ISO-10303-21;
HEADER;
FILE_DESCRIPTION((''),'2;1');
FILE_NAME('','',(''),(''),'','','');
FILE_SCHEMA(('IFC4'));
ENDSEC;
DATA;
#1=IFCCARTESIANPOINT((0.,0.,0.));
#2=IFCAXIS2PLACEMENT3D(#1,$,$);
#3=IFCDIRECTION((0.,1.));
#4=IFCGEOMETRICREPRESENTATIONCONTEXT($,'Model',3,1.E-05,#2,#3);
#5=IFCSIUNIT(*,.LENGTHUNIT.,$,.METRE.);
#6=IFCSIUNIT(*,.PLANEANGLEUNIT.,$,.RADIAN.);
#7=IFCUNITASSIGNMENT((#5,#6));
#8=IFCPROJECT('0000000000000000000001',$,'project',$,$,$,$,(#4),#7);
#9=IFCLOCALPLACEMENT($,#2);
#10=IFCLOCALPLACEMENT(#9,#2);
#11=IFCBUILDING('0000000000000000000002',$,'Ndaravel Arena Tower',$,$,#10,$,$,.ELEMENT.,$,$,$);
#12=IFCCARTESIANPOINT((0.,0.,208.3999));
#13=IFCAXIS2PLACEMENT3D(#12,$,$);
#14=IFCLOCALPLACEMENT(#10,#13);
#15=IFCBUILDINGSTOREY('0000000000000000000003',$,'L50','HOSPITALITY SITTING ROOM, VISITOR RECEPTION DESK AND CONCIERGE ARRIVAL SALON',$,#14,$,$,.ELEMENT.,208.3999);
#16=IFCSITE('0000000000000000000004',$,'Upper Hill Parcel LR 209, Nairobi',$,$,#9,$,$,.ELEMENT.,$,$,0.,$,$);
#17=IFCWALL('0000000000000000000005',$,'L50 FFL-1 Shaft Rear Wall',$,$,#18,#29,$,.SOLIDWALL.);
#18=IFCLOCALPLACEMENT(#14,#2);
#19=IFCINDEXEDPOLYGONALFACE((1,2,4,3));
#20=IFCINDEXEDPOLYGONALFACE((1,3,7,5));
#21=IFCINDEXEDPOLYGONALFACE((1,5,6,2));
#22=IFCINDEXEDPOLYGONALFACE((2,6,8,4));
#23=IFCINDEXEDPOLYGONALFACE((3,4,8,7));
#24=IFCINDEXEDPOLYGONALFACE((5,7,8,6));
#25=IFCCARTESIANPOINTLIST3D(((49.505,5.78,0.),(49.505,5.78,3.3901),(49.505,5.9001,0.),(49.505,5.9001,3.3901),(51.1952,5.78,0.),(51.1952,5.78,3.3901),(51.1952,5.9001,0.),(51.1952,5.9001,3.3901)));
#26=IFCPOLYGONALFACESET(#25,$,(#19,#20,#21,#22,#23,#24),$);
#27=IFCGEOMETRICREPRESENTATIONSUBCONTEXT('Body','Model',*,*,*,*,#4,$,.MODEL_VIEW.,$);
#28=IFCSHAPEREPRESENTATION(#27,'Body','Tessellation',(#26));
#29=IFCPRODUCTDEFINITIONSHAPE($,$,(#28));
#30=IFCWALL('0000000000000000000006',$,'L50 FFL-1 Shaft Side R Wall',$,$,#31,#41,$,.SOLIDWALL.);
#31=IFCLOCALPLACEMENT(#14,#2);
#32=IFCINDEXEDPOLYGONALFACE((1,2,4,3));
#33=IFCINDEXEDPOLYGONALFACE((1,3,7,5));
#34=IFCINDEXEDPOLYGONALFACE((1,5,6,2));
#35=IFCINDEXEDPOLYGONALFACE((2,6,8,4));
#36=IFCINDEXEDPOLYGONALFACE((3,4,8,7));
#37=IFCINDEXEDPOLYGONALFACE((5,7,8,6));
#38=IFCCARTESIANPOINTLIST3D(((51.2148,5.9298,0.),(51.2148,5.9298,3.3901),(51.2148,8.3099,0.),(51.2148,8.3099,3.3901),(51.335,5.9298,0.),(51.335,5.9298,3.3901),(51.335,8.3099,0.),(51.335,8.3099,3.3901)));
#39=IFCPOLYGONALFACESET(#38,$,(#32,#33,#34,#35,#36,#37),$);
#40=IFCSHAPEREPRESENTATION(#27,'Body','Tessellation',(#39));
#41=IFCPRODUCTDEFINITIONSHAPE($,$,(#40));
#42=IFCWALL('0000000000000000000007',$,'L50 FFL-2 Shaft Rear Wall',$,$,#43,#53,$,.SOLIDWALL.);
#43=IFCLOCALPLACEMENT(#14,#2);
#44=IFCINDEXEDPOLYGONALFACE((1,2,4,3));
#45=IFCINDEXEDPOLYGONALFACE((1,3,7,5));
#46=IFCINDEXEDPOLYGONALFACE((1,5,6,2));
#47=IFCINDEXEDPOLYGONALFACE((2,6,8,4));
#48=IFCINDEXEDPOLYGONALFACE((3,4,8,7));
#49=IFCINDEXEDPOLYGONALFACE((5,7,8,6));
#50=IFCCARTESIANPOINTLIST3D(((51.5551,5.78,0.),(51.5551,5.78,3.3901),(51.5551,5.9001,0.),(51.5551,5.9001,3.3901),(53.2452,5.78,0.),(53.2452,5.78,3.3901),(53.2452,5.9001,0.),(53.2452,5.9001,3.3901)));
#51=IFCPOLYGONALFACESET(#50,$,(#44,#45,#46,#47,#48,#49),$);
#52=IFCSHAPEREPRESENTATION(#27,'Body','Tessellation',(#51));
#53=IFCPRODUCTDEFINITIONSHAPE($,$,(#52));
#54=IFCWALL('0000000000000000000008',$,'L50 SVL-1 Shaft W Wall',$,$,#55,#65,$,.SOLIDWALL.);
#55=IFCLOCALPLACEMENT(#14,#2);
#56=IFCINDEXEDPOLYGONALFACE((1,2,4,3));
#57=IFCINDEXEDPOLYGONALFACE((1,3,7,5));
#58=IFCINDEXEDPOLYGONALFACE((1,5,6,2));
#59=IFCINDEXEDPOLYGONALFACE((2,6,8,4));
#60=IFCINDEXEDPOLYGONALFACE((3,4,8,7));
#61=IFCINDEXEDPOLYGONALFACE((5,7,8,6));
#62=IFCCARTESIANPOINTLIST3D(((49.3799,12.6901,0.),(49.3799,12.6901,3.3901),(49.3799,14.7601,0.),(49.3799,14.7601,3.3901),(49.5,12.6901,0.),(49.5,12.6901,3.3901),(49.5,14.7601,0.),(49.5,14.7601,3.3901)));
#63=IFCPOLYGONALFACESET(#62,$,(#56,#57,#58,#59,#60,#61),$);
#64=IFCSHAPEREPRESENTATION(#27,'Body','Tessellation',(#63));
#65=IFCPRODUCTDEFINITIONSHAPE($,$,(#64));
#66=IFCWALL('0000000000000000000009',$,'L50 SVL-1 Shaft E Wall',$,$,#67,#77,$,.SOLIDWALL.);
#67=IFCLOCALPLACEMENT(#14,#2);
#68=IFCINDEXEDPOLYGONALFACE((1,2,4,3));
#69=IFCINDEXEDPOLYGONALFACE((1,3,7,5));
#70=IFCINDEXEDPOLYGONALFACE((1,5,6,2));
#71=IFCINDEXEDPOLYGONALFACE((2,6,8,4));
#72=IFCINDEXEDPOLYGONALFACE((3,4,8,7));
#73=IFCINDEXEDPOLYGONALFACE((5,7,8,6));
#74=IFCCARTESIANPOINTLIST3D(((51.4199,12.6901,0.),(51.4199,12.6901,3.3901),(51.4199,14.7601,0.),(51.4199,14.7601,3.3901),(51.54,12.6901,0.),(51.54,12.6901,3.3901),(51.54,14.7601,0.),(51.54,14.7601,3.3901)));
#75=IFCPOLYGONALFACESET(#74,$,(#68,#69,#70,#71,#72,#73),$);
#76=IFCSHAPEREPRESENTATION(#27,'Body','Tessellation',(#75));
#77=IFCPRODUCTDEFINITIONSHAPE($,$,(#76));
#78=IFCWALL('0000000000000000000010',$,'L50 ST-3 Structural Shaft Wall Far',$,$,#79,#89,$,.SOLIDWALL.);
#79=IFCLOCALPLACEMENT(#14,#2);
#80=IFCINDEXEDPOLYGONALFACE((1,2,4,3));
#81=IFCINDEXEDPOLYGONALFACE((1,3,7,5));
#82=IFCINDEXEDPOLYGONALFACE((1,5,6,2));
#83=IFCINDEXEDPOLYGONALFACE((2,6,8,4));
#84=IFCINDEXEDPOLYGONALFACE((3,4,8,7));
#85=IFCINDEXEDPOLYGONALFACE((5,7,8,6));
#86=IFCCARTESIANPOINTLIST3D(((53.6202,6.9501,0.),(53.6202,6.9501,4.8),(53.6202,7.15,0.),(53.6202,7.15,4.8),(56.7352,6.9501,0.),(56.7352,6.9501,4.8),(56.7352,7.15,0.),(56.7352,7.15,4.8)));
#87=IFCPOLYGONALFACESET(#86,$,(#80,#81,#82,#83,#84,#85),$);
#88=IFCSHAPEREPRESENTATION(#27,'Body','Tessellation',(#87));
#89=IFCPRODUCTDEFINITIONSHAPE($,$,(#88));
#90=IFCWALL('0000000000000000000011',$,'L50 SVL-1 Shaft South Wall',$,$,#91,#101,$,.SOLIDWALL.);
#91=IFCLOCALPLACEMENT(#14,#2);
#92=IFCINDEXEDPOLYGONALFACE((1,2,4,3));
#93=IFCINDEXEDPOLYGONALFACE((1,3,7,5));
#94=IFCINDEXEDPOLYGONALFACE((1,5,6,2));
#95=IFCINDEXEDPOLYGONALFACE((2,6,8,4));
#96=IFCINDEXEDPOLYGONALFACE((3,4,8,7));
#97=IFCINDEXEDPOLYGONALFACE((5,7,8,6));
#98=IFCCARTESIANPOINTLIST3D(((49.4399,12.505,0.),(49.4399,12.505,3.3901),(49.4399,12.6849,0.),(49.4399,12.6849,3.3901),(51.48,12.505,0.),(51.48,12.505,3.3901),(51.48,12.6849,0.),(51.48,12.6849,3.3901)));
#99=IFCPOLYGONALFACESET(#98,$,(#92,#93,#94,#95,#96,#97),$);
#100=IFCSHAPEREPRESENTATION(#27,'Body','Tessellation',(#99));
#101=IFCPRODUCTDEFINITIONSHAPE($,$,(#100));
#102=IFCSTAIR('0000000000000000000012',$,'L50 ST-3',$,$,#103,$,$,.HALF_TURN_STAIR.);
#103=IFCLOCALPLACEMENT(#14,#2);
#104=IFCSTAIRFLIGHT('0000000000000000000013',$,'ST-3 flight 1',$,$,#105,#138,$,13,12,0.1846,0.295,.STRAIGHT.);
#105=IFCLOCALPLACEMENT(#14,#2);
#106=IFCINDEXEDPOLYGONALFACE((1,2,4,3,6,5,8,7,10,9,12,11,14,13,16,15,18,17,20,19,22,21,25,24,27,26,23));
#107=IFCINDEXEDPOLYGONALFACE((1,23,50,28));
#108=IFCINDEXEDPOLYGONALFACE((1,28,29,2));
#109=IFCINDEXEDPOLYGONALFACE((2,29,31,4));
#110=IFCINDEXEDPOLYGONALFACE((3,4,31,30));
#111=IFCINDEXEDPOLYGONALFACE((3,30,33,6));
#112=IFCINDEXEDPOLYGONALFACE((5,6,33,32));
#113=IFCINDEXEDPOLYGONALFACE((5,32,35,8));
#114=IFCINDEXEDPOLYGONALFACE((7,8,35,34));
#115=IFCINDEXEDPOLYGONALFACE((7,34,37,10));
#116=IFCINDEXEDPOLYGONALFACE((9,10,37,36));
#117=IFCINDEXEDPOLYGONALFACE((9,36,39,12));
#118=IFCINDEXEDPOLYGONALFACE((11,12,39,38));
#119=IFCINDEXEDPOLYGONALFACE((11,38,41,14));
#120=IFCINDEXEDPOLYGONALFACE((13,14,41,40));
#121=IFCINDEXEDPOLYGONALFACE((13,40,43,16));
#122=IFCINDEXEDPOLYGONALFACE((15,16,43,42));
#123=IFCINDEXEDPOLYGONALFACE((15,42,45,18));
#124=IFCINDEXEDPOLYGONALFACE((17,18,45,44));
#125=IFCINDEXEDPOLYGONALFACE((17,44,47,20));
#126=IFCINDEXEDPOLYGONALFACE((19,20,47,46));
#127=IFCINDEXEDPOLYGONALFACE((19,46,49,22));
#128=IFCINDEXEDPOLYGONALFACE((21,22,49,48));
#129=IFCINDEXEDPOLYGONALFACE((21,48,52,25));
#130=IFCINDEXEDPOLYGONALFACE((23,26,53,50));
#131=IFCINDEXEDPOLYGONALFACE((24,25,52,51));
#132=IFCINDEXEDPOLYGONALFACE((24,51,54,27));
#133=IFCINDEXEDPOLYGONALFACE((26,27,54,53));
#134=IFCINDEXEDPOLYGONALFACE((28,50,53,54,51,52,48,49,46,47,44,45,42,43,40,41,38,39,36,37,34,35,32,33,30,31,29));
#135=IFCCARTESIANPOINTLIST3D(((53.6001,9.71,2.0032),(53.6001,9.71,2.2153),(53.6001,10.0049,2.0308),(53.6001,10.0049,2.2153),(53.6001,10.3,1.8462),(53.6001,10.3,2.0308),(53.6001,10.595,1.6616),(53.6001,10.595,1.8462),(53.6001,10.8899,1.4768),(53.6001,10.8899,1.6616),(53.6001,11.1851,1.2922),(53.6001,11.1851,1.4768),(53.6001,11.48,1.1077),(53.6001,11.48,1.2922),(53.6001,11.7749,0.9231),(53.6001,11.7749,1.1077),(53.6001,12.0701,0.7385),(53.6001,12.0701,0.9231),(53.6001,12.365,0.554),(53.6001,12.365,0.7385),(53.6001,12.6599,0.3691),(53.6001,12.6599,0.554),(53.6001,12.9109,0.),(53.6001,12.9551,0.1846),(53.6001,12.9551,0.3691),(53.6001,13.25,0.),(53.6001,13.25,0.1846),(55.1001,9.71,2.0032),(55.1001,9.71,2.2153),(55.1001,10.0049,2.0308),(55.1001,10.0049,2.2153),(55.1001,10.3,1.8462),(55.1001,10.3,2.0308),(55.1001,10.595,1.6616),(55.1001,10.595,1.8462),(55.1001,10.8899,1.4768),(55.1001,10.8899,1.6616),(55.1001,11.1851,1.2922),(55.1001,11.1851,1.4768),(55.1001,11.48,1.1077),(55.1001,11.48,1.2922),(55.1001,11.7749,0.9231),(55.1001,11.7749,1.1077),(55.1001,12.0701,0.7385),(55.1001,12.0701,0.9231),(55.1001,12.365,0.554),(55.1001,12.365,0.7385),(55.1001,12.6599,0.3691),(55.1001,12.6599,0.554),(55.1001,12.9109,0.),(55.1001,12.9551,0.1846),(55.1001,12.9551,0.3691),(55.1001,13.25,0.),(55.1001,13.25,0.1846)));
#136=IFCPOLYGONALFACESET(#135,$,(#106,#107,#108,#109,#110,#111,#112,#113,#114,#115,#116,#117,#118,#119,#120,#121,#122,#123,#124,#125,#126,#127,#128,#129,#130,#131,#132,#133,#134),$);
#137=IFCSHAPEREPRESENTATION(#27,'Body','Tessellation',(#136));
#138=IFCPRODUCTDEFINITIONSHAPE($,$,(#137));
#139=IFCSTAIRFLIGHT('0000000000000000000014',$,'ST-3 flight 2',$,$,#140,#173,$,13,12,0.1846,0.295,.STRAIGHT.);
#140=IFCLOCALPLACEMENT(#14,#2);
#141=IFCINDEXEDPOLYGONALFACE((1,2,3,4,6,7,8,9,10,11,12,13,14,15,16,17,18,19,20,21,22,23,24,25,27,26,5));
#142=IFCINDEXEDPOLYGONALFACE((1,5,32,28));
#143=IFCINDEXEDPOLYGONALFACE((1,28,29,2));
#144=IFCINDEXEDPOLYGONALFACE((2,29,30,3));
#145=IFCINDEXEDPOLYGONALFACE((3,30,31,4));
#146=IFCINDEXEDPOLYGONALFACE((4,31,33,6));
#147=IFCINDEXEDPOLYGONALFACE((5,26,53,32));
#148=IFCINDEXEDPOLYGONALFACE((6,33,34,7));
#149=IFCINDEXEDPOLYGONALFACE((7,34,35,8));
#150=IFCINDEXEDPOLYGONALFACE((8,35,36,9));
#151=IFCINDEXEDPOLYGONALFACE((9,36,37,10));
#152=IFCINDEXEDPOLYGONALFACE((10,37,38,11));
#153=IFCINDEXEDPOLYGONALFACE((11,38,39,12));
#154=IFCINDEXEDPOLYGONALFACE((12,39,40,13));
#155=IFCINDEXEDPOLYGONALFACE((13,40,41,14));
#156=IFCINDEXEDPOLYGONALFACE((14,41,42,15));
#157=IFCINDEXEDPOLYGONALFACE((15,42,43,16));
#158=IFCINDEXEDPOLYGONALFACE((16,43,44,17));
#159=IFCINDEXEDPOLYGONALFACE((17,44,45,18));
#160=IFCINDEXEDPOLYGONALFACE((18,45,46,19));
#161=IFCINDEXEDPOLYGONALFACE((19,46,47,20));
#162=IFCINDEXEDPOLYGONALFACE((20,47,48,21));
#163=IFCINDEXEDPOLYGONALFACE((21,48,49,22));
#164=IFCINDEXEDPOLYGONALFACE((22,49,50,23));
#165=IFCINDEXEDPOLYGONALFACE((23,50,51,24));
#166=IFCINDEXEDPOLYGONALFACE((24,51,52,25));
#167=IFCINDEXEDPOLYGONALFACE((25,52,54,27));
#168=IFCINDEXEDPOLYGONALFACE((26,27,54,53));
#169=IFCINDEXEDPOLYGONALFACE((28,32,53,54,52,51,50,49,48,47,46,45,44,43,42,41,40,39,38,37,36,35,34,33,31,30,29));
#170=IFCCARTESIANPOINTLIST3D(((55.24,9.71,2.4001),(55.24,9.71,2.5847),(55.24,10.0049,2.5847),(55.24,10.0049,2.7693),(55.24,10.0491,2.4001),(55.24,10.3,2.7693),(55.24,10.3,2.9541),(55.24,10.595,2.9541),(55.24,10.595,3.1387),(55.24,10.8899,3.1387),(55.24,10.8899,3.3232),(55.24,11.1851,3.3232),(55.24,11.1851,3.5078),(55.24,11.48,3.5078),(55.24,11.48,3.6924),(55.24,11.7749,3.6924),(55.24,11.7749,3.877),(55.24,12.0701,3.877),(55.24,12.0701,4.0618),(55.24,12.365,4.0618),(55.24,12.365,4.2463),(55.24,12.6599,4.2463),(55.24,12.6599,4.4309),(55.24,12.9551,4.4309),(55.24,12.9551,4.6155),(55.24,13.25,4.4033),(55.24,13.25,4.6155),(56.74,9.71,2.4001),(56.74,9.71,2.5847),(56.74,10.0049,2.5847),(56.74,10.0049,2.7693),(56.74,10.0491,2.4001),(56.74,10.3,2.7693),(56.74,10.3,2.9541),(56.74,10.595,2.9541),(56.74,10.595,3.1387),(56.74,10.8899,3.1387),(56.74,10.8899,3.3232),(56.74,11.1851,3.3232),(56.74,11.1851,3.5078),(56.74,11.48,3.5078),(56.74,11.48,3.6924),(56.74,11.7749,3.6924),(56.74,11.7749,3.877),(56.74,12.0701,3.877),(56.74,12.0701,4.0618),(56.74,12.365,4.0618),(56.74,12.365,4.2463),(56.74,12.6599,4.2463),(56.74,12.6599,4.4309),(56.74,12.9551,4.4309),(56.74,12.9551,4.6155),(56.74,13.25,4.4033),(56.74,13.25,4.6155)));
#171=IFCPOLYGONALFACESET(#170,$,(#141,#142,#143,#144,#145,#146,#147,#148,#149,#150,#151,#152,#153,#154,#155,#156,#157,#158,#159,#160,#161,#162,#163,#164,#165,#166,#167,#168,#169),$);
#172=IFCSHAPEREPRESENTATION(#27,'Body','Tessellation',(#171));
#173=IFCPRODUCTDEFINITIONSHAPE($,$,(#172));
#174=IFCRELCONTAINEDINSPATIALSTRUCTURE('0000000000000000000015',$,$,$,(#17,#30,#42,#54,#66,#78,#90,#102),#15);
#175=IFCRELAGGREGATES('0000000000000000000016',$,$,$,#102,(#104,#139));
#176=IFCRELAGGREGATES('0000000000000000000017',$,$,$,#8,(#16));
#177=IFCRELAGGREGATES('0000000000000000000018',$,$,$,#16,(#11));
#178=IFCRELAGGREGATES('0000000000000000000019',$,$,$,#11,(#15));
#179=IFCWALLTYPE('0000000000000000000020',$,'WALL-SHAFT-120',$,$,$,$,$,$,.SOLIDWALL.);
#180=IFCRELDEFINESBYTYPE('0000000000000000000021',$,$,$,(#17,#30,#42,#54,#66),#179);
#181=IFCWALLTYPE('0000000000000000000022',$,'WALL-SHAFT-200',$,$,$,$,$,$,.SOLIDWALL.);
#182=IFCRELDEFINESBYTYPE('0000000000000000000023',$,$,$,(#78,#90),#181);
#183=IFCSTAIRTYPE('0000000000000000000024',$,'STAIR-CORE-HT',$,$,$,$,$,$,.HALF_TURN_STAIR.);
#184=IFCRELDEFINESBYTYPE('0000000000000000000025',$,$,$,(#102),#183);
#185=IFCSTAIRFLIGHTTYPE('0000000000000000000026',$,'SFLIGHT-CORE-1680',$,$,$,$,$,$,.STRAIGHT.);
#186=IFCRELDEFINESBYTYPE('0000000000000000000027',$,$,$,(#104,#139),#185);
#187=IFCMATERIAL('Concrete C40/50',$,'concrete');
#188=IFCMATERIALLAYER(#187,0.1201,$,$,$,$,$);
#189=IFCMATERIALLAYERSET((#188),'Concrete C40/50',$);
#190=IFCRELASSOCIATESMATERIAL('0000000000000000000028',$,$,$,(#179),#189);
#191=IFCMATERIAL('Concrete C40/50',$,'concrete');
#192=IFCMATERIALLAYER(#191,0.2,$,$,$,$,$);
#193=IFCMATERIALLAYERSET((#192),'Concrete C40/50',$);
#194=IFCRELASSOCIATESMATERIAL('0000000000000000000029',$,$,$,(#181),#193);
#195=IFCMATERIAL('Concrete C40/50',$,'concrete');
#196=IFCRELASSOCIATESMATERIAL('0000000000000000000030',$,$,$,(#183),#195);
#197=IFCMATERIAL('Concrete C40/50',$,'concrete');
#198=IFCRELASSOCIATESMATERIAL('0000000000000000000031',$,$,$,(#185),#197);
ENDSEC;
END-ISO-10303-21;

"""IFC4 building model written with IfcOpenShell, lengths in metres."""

from ifc_helpers import new_model, si_unit, direction, frame, frame_2d, origin, place, context, subcontext, project, spatial, polyline, rectangle, outline, extrude, material, layer, layer_set, type_object, element, aggregate, save


model = new_model("IFC4")

# Units and contexts
model_context = context("Model", 3, precision=1e-05, world=origin(), true_north=direction((0.0, 1.0)))
body_context = subcontext(model_context, "Body", "Model", "MODEL_VIEW")
ifc_project = project(units=[si_unit("LENGTHUNIT", "METRE"), si_unit("PLANEANGLEUNIT", "RADIAN")], contexts=[model_context])

# Site, building, storey
site_placement = place(None, origin())
site = spatial("IfcSite", under=ifc_project, at=site_placement, Name="Upper Hill Parcel LR 209, Nairobi", CompositionType="ELEMENT", RefElevation=0.0)
building_placement = place(site_placement, origin())
building = spatial("IfcBuilding", under=site, at=building_placement, Name="Ndaravel Arena Tower", CompositionType="ELEMENT")
storey_placement = place(building_placement, frame((0.0, 0.0, 208.3999)))
storey = spatial("IfcBuildingStorey", under=building, at=storey_placement, Name="L50", Description="HOSPITALITY SITTING ROOM, VISITOR RECEPTION DESK AND CONCIERGE ARRIVAL SALON", CompositionType="ELEMENT", Elevation=208.3999)

# Walls
ifc_material_1 = material(Name="Concrete C40/50", Category="concrete")
ifc_layer_1 = layer(ifc_material_1, 0.1201)
ifc_layer_set_1 = layer_set([ifc_layer_1], Name="Concrete C40/50")
wall_type_1 = type_object("IfcWallType", Name="WALL-SHAFT-120", PredefinedType="SOLIDWALL", material=ifc_layer_set_1)
wall_1_placement = place(storey_placement, frame((49.5049, 5.8401, 0.0), z_axis=(0.0, 0.0, 1.0), x_axis=(1.0, 0.0, 0.0)))
element("IfcWall", 1, at=wall_1_placement, inside=storey, type_object=wall_type_1, Name="L50 FFL-1 Shaft Rear Wall", PredefinedType="SOLIDWALL", context=body_context, shape_type="SweptSolid", body=[
    extrude(rectangle(XDim=1.6902, YDim=0.1201, at=frame_2d((0.8452, 0.0))), origin(), (0.0, 0.0, 1.0), 3.3901),
])
wall_2_placement = place(storey_placement, frame((51.2749, 5.9299, 0.0), z_axis=(0.0, 0.0, 1.0), x_axis=(0.0, 1.0, 0.0)))
element("IfcWall", 2, at=wall_2_placement, inside=storey, type_object=wall_type_1, Name="L50 FFL-1 Shaft Side R Wall", PredefinedType="SOLIDWALL", context=body_context, shape_type="SweptSolid", body=[
    extrude(rectangle(XDim=2.3801, YDim=0.1201, at=frame_2d((1.1899, 0.0))), origin(), (0.0, 0.0, 1.0), 3.3901),
])
wall_3_placement = place(storey_placement, frame((51.5549, 5.8401, 0.0), z_axis=(0.0, 0.0, 1.0), x_axis=(1.0, 0.0, 0.0)))
element("IfcWall", 3, at=wall_3_placement, inside=storey, type_object=wall_type_1, Name="L50 FFL-2 Shaft Rear Wall", PredefinedType="SOLIDWALL", context=body_context, shape_type="SweptSolid", body=[
    extrude(rectangle(XDim=1.6902, YDim=0.1201, at=frame_2d((0.8452, 0.0))), origin(), (0.0, 0.0, 1.0), 3.3901),
])
for number, where, z_axis, x_axis, name in (
    (4, (49.4399, 12.6899, 0.0), (0.0, 0.0, 1.0), (0.0, 1.0, 0.0), "L50 SVL-1 Shaft W Wall"),
    (5, (51.48, 12.6899, 0.0), (0.0, 0.0, 1.0), (0.0, 1.0, 0.0), "L50 SVL-1 Shaft E Wall"),
):
    element("IfcWall", number, at=place(storey_placement, frame(where, z_axis=z_axis, x_axis=x_axis)), inside=storey, type_object=wall_type_1, Name=name, PredefinedType="SOLIDWALL", context=body_context, shape_type="SweptSolid", body=[
        extrude(rectangle(XDim=2.0701, YDim=0.1201, at=frame_2d((1.0352, 0.0))), origin(), (0.0, 0.0, 1.0), 3.3901),
    ])
ifc_material_2 = material(Name="Concrete C40/50", Category="concrete")
ifc_layer_2 = layer(ifc_material_2, 0.2)
ifc_layer_set_2 = layer_set([ifc_layer_2], Name="Concrete C40/50")
wall_type_2 = type_object("IfcWallType", Name="WALL-SHAFT-200", PredefinedType="SOLIDWALL", material=ifc_layer_set_2)
wall_4_placement = place(storey_placement, frame((53.6201, 7.05, 0.0), z_axis=(0.0, 0.0, 1.0), x_axis=(1.0, 0.0, 0.0)))
element("IfcWall", 6, at=wall_4_placement, inside=storey, type_object=wall_type_2, Name="L50 ST-3 Structural Shaft Wall Far", PredefinedType="SOLIDWALL", context=body_context, shape_type="SweptSolid", body=[
    extrude(rectangle(XDim=3.115, YDim=0.2, at=frame_2d((1.5576, 0.0))), origin(), (0.0, 0.0, 1.0), 4.8),
])

# Wall
wall_5_placement = place(storey_placement, frame((49.4399, 12.595, 0.0), z_axis=(0.0, 0.0, 1.0), x_axis=(1.0, 0.0, 0.0)))
element("IfcWall", 7, at=wall_5_placement, inside=storey, type_object=wall_type_2, Name="L50 SVL-1 Shaft South Wall", PredefinedType="SOLIDWALL", context=body_context, shape_type="SweptSolid", body=[
    extrude(rectangle(XDim=2.04, YDim=0.1799, at=frame_2d((1.02, 0.0))), origin(), (0.0, 0.0, 1.0), 3.3901),
])

# Stair, stair flights
ifc_material_3 = material(Name="Concrete C40/50", Category="concrete")
stair_type = type_object("IfcStairType", Name="STAIR-CORE-HT", PredefinedType="HALF_TURN_STAIR", material=ifc_material_3)
stair_placement = place(storey_placement, origin())
stair = element("IfcStair", 8, at=stair_placement, inside=storey, type_object=stair_type, Name="L50 ST-3", PredefinedType="HALF_TURN_STAIR")
ifc_material_4 = material(Name="Concrete C40/50", Category="concrete")
stair_flight_type = type_object("IfcStairFlightType", Name="SFLIGHT-CORE-1680", PredefinedType="STRAIGHT", material=ifc_material_4)
stair_flight_1_placement = place(storey_placement, frame((54.3501, 13.25, 0.0), z_axis=(0.0, 0.0, 1.0), x_axis=(0.0, -1.0, 0.0)))
stair_flight_1 = element("IfcStairFlight", 9, at=stair_flight_1_placement, type_object=stair_flight_type, Name="ST-3 flight 1", NumberOfRisers=13, NumberOfTreads=12, PredefinedType="STRAIGHT", RiserHeight=0.1846, TreadLength=0.295, context=body_context, shape_type="SweptSolid", body=[
    extrude(outline(polyline([(0.0, 0.0), (0.0, 0.1846), (0.2949, 0.1846), (0.2949, 0.3691), (0.5901, 0.3691), (0.5901, 0.554), (0.885, 0.554), (0.885, 0.7385), (1.1799, 0.7385), (1.1799, 0.9231), (1.4751, 0.9231), (1.4751, 1.1077), (1.77, 1.1077), (1.77, 1.2922), (2.0649, 1.2922), (2.0649, 1.4768), (2.3601, 1.4768), (2.3601, 1.6616), (2.655, 1.6616), (2.655, 1.8462), (2.95, 1.8462), (2.95, 2.0308), (3.2451, 2.0308), (3.2451, 2.2153), (3.54, 2.2153), (3.54, 2.3999), (3.54, 2.0032), (0.3391, 0.0), (0.0, 0.0)])), frame((0.0, 0.75, 0.0), z_axis=(0.0, -1.0, 0.0), x_axis=(1.0, 0.0, 0.0)), (0.0, 0.0, 1.0), 1.5),
])
stair_flight_2_placement = place(storey_placement, frame((55.99, 9.71, 2.4001), z_axis=(0.0, 0.0, 1.0), x_axis=(0.0, 1.0, 0.0)))
stair_flight_2 = element("IfcStairFlight", 10, at=stair_flight_2_placement, type_object=stair_flight_type, Name="ST-3 flight 2", NumberOfRisers=13, NumberOfTreads=12, PredefinedType="STRAIGHT", RiserHeight=0.1846, TreadLength=0.295, context=body_context, shape_type="SweptSolid", body=[
    extrude(outline(polyline([(0.0, 0.0), (0.0, 0.1846), (0.2949, 0.1846), (0.2949, 0.3691), (0.5901, 0.3691), (0.5901, 0.554), (0.885, 0.554), (0.885, 0.7385), (1.1799, 0.7385), (1.1799, 0.9231), (1.4751, 0.9231), (1.4751, 1.1077), (1.77, 1.1077), (1.77, 1.2922), (2.0649, 1.2922), (2.0649, 1.4768), (2.3601, 1.4768), (2.3601, 1.6616), (2.655, 1.6616), (2.655, 1.8462), (2.95, 1.8462), (2.95, 2.0308), (3.2451, 2.0308), (3.2451, 2.2153), (3.54, 2.2153), (3.54, 2.3999), (3.54, 2.0032), (0.3391, 0.0), (0.0, 0.0)])), frame((0.0, 0.75, 0.0), z_axis=(0.0, -1.0, 0.0), x_axis=(1.0, 0.0, 0.0)), (0.0, 0.0, 1.0), 1.5),
])
aggregate(stair, [stair_flight_1, stair_flight_2])

save(model, "model.ifc")
